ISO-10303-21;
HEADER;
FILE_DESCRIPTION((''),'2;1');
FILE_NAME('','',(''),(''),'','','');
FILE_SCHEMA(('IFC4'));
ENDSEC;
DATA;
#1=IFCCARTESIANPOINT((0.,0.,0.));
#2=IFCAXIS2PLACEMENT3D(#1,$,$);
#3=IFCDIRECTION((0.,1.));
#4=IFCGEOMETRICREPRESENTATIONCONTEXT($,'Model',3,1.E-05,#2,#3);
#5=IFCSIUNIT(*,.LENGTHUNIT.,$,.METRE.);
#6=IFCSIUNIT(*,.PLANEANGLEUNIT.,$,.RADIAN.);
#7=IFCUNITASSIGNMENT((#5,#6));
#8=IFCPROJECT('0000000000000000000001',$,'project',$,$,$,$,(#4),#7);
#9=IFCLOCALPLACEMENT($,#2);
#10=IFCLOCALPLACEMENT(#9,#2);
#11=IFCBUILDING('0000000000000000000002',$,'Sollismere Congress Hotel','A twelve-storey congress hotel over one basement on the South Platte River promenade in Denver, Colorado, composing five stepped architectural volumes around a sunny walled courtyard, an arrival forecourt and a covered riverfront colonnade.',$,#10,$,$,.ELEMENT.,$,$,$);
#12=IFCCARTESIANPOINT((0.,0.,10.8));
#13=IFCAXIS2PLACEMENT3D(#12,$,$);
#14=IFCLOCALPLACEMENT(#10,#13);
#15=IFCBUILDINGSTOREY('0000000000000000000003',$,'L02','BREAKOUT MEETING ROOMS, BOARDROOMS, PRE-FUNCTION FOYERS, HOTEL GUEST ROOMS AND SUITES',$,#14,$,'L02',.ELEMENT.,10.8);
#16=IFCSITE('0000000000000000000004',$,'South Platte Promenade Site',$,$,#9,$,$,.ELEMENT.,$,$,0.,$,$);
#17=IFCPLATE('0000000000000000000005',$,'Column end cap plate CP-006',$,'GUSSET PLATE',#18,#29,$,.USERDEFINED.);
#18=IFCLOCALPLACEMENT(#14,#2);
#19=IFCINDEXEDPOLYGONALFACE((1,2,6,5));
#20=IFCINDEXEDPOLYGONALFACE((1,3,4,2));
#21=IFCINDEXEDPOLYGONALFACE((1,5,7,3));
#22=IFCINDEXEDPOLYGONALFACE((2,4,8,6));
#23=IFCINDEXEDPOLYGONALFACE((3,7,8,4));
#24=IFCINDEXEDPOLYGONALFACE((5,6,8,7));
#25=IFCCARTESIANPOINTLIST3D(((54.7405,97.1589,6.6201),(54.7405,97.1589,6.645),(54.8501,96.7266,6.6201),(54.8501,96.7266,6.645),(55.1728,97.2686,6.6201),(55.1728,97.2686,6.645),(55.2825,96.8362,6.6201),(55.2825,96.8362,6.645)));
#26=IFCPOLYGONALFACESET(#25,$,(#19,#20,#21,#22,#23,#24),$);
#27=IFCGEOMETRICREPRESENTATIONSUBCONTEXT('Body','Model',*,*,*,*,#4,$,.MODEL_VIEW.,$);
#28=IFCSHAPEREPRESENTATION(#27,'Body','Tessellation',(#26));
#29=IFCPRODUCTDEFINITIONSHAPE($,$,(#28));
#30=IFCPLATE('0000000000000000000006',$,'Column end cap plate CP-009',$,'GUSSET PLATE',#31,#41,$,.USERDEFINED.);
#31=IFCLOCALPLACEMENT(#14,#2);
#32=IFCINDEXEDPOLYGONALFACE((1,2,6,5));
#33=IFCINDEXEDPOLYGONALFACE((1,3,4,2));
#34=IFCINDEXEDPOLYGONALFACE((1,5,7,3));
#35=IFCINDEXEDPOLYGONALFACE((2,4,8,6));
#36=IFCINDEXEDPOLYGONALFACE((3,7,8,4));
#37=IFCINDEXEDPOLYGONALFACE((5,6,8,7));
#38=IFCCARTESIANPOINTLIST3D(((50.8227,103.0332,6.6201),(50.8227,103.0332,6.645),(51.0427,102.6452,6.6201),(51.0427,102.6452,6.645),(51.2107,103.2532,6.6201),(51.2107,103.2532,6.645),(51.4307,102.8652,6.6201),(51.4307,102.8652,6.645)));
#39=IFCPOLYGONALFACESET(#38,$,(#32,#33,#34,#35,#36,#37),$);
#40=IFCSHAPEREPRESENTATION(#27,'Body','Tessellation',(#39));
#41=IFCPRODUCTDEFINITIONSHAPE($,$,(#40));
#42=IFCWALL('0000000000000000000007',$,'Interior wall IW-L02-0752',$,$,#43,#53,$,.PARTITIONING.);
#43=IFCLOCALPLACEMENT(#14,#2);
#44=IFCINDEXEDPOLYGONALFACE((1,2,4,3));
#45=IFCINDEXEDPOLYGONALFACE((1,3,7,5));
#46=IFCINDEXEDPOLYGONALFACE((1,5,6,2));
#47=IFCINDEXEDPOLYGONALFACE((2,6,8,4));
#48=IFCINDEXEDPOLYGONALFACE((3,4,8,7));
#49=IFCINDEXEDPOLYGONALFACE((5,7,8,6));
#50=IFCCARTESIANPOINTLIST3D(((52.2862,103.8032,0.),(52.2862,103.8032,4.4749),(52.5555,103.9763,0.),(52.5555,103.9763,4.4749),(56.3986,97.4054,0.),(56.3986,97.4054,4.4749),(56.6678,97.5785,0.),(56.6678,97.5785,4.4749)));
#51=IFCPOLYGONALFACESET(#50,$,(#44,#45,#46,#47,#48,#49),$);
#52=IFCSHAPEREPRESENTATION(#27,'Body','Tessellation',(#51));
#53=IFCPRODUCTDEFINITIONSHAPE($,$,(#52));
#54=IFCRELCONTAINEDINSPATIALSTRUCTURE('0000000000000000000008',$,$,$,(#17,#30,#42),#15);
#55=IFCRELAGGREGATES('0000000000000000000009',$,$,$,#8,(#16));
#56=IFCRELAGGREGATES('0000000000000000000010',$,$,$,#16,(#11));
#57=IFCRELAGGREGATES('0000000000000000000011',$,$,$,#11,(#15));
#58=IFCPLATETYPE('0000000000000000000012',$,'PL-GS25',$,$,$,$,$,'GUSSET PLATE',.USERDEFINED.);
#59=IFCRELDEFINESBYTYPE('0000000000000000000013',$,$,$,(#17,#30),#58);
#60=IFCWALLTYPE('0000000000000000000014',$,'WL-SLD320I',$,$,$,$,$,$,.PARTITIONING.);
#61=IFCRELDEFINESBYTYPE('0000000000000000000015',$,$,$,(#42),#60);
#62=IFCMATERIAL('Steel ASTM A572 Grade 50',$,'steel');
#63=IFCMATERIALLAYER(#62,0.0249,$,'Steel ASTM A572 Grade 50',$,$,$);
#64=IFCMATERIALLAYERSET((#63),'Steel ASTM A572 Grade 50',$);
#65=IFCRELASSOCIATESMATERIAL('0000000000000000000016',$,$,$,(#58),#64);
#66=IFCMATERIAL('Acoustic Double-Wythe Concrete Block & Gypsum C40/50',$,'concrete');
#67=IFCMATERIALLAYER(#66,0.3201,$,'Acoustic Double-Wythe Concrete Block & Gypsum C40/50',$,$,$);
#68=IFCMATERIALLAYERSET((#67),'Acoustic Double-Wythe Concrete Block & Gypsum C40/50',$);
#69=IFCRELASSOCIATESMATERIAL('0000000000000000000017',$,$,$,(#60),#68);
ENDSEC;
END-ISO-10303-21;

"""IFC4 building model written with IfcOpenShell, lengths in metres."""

from ifc_helpers import new_model, si_unit, direction, frame, frame_2d, origin, origin_2d, place, context, subcontext, project, spatial, rectangle, extrude, material, layer, layer_set, type_object, element, save


model = new_model("IFC4")

# Units and contexts
model_context = context("Model", 3, precision=1e-05, world=origin(), true_north=direction((0.0, 1.0)))
body_context = subcontext(model_context, "Body", "Model", "MODEL_VIEW")
ifc_project = project(units=[si_unit("LENGTHUNIT", "METRE"), si_unit("PLANEANGLEUNIT", "RADIAN")], contexts=[model_context])

# Site, building, storey
site_placement = place(None, origin())
site = spatial("IfcSite", under=ifc_project, at=site_placement, Name="South Platte Promenade Site", CompositionType="ELEMENT", RefElevation=0.0)
building_placement = place(site_placement, origin())
building = spatial("IfcBuilding", under=site, at=building_placement, Name="Sollismere Congress Hotel", Description="A twelve-storey congress hotel over one basement on the South Platte River promenade in Denver, Colorado, composing five stepped architectural volumes around a sunny walled courtyard, an arrival forecourt and a covered riverfront colonnade.", CompositionType="ELEMENT")
storey_placement = place(building_placement, frame((0.0, 0.0, 10.8)))
storey = spatial("IfcBuildingStorey", under=building, at=storey_placement, Name="L02", Description="BREAKOUT MEETING ROOMS, BOARDROOMS, PRE-FUNCTION FOYERS, HOTEL GUEST ROOMS AND SUITES", LongName="L02", CompositionType="ELEMENT", Elevation=10.8)

# Plates
ifc_material_1 = material(Name="Steel ASTM A572 Grade 50", Category="steel")
ifc_layer_1 = layer(ifc_material_1, 0.0249, Name="Steel ASTM A572 Grade 50")
ifc_layer_set_1 = layer_set([ifc_layer_1], Name="Steel ASTM A572 Grade 50")
plate_type_1 = type_object("IfcPlateType", Name="PL-GS25", ElementType="GUSSET PLATE", PredefinedType="USERDEFINED", material=ifc_layer_set_1)
for number, where, z_axis, x_axis, name in (
    (1, (55.0115, 96.9976, 6.6201), (0.0, 0.0, 1.0), (0.969317, 0.245815, 0.0), "Column end cap plate CP-006"),
    (2, (51.1267, 102.9492, 6.6201), (0.0, 0.0, 1.0), (0.86984, 0.493335, 0.0), "Column end cap plate CP-009"),
):
    element("IfcPlate", number, at=place(storey_placement, frame(where, z_axis=z_axis, x_axis=x_axis)), inside=storey, type_object=plate_type_1, Name=name, ObjectType="GUSSET PLATE", PredefinedType="USERDEFINED", context=body_context, shape_type="SweptSolid", body=[
        extrude(rectangle(XDim=0.446, YDim=0.446, at=origin_2d()), origin(), (0.0, 0.0, 1.0), 0.0249),
    ])

# Wall
ifc_material_2 = material(Name="Acoustic Double-Wythe Concrete Block & Gypsum C40/50", Category="concrete")
ifc_layer_2 = layer(ifc_material_2, 0.3201, Name="Acoustic Double-Wythe Concrete Block & Gypsum C40/50")
ifc_layer_set_2 = layer_set([ifc_layer_2], Name="Acoustic Double-Wythe Concrete Block & Gypsum C40/50")
wall_type = type_object("IfcWallType", Name="WL-SLD320I", PredefinedType="PARTITIONING", material=ifc_layer_set_2)
wall_placement = place(storey_placement, frame((56.5332, 97.4919, 0.0), z_axis=(0.0, 0.0, 1.0), x_axis=(-0.540711, 0.841209, 0.0)))
element("IfcWall", 3, at=wall_placement, inside=storey, type_object=wall_type, Name="Interior wall IW-L02-0752", PredefinedType="PARTITIONING", context=body_context, shape_type="SweptSolid", body=[
    extrude(rectangle(XDim=7.6055, YDim=0.3201, at=frame_2d((3.8027, 0.0))), origin(), (0.0, 0.0, 1.0), 4.4749),
])

save(model, "model.ifc")
